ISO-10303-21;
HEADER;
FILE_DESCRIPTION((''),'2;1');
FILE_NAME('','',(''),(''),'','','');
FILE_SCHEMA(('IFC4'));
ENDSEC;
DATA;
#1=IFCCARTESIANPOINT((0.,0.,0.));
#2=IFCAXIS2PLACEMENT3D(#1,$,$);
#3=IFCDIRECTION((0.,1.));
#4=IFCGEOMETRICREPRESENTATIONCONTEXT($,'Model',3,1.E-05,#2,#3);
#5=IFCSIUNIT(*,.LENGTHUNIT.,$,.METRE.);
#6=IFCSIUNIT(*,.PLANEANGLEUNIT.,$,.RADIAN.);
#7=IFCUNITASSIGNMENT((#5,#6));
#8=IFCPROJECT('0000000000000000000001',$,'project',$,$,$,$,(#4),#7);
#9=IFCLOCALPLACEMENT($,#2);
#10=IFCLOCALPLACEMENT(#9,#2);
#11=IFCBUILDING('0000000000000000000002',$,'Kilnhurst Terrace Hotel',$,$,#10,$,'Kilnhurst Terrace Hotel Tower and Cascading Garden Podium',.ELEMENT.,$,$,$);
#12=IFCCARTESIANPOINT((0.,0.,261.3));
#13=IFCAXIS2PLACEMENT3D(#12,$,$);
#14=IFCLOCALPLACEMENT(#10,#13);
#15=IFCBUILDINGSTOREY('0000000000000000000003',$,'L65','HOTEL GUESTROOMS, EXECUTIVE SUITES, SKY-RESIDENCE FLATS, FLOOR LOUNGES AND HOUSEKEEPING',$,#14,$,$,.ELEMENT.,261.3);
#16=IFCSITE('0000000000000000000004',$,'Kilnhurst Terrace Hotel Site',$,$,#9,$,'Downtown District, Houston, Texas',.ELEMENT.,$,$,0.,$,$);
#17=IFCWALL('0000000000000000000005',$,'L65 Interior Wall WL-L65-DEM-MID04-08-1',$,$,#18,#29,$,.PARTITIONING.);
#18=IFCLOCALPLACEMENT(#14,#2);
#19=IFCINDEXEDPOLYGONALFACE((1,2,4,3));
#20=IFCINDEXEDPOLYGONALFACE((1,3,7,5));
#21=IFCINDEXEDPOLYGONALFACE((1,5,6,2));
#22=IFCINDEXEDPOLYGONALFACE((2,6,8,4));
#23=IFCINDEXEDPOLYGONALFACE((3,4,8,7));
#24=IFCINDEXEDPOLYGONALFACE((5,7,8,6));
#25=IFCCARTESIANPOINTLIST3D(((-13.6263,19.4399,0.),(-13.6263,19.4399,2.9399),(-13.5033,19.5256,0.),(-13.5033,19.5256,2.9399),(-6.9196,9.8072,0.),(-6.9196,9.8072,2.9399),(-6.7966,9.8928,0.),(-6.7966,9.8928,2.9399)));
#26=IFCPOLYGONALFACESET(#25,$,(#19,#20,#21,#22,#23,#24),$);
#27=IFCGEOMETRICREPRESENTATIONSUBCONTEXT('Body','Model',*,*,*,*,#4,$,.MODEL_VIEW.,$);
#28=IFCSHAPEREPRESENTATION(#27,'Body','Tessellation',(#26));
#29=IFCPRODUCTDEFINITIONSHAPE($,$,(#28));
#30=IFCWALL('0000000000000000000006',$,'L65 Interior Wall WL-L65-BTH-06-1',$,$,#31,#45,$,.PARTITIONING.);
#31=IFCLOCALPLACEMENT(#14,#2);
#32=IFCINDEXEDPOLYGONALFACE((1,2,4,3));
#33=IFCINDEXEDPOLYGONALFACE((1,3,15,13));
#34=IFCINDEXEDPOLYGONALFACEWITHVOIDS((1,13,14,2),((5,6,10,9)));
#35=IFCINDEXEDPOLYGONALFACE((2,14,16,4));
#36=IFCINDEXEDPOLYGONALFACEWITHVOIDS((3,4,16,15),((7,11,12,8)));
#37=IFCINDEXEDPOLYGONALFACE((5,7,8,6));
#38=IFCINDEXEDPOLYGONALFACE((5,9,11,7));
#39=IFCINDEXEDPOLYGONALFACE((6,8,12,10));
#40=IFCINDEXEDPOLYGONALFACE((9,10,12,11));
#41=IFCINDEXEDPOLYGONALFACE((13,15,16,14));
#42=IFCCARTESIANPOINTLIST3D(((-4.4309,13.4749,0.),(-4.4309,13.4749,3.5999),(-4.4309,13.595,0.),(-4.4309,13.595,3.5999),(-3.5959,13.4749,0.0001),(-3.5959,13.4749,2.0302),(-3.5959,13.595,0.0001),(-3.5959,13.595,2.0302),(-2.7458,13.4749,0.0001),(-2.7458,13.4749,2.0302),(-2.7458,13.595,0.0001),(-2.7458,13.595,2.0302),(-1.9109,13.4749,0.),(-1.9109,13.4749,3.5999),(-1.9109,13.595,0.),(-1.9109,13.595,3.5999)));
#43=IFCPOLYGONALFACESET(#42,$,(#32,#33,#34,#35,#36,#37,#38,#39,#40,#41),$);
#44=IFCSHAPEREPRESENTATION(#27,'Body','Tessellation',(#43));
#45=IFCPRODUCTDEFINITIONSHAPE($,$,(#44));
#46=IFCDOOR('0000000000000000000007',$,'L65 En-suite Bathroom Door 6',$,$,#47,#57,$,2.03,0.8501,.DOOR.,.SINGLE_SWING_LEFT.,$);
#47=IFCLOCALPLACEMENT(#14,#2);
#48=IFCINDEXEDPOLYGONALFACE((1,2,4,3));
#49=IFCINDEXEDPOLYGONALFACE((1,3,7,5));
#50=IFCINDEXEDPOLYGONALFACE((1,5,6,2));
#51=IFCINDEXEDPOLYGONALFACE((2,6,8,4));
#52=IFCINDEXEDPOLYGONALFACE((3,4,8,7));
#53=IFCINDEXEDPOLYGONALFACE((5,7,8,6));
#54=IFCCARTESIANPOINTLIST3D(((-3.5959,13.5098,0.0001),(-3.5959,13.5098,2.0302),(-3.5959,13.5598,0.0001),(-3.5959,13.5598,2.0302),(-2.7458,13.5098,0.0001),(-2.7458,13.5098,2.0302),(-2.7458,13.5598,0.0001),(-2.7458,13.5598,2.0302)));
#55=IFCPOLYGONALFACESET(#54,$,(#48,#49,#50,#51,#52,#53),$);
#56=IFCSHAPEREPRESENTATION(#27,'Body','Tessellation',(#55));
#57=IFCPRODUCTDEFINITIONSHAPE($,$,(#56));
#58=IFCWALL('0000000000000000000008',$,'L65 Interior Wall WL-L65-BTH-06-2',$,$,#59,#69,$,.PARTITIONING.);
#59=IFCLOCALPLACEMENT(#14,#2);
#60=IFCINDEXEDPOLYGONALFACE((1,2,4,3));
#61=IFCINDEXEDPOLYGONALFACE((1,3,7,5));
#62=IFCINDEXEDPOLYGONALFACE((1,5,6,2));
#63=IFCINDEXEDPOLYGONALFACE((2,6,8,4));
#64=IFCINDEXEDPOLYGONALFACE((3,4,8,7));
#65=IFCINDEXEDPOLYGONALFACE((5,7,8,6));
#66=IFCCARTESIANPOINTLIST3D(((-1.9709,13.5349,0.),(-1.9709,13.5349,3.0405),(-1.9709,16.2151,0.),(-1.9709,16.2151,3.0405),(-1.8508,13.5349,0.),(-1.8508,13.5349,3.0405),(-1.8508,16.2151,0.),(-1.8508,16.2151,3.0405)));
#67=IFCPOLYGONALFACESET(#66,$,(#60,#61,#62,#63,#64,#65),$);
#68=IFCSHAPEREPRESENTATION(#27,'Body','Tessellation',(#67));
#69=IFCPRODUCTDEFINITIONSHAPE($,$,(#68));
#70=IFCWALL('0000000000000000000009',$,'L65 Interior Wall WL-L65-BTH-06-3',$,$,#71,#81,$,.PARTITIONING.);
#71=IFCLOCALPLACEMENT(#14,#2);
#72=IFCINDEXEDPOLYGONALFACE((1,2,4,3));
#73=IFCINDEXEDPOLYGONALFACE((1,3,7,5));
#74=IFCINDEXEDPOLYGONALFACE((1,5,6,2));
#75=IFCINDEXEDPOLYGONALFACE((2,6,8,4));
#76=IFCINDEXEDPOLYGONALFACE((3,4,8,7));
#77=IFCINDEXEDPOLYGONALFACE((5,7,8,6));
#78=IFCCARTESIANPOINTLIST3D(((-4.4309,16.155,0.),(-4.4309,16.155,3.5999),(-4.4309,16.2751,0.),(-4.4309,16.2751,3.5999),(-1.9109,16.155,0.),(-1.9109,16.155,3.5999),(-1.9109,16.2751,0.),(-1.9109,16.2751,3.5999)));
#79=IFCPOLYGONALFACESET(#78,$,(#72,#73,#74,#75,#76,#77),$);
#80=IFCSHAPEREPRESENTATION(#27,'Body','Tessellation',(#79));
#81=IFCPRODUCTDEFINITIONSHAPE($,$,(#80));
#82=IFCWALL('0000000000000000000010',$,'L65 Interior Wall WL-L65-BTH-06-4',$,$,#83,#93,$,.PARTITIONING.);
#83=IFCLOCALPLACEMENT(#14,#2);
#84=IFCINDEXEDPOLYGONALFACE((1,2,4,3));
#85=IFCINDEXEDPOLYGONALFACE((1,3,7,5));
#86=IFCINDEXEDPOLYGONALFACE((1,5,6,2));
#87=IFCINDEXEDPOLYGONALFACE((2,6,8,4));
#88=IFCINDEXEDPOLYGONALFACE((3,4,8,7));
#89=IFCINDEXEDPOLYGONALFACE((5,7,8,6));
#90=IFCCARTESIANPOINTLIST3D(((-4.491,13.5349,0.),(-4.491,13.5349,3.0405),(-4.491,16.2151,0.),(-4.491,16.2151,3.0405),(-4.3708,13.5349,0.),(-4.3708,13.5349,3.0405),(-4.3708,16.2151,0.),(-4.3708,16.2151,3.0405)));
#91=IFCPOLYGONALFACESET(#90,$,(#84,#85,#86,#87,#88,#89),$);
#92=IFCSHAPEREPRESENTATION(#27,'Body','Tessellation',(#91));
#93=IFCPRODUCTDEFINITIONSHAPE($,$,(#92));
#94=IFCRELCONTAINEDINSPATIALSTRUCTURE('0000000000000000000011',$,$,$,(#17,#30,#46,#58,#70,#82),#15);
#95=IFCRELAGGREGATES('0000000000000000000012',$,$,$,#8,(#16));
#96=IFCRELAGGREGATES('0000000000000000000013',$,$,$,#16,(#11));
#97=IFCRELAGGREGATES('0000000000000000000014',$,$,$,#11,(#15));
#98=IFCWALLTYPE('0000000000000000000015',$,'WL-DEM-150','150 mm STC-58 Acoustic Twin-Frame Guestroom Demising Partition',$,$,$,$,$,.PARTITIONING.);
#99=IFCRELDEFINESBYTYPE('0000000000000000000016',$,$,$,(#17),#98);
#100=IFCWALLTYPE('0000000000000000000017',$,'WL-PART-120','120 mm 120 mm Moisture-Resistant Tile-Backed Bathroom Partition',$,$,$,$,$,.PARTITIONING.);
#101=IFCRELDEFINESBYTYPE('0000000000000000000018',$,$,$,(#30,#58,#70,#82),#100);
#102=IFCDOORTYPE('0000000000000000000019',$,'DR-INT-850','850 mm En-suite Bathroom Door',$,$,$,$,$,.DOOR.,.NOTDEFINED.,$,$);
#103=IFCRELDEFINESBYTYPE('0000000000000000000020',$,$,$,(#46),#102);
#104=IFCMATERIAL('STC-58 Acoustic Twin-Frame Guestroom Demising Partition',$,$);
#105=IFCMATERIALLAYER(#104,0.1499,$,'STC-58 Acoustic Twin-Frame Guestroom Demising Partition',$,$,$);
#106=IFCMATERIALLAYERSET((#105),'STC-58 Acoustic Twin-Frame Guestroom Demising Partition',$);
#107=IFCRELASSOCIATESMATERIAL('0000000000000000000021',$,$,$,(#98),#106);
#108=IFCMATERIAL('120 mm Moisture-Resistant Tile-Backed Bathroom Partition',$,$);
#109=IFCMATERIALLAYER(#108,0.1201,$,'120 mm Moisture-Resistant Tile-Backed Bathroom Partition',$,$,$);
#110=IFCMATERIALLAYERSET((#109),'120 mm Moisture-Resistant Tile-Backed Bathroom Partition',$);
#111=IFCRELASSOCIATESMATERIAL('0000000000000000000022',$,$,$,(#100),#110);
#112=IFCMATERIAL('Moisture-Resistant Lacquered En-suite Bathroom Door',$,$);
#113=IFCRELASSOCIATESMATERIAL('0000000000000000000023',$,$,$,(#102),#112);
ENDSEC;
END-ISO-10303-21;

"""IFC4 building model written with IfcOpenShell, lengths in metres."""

from ifc_helpers import new_model, si_unit, direction, frame, frame_2d, origin, place, context, subcontext, project, spatial, rectangle, extrude, material, layer, layer_set, type_object, element, fill, save


model = new_model("IFC4")

# Units and contexts
model_context = context("Model", 3, precision=1e-05, world=origin(), true_north=direction((0.0, 1.0)))
body_context = subcontext(model_context, "Body", "Model", "MODEL_VIEW")
ifc_project = project(units=[si_unit("LENGTHUNIT", "METRE"), si_unit("PLANEANGLEUNIT", "RADIAN")], contexts=[model_context])

# Site, building, storey
site_placement = place(None, origin())
site = spatial("IfcSite", under=ifc_project, at=site_placement, Name="Kilnhurst Terrace Hotel Site", LongName="Downtown District, Houston, Texas", CompositionType="ELEMENT", RefElevation=0.0)
building_placement = place(site_placement, origin())
building = spatial("IfcBuilding", under=site, at=building_placement, Name="Kilnhurst Terrace Hotel", LongName="Kilnhurst Terrace Hotel Tower and Cascading Garden Podium", CompositionType="ELEMENT")
storey_placement = place(building_placement, frame((0.0, 0.0, 261.3)))
storey = spatial("IfcBuildingStorey", under=building, at=storey_placement, Name="L65", Description="HOTEL GUESTROOMS, EXECUTIVE SUITES, SKY-RESIDENCE FLATS, FLOOR LOUNGES AND HOUSEKEEPING", CompositionType="ELEMENT", Elevation=261.3)

# Wall
ifc_material_1 = material(Name="STC-58 Acoustic Twin-Frame Guestroom Demising Partition")
ifc_layer_1 = layer(ifc_material_1, 0.1499, Name="STC-58 Acoustic Twin-Frame Guestroom Demising Partition")
ifc_layer_set_1 = layer_set([ifc_layer_1], Name="STC-58 Acoustic Twin-Frame Guestroom Demising Partition")
wall_type_1 = type_object("IfcWallType", Name="WL-DEM-150", Description="150 mm STC-58 Acoustic Twin-Frame Guestroom Demising Partition", PredefinedType="PARTITIONING", material=ifc_layer_set_1)
wall_1_placement = place(storey_placement, frame((-6.8582, 9.8501, 0.0), z_axis=(0.0, 0.0, 1.0), x_axis=(-0.571392, 0.820677, 0.0)))
element("IfcWall", 1, at=wall_1_placement, inside=storey, type_object=wall_type_1, Name="L65 Interior Wall WL-L65-DEM-MID04-08-1", PredefinedType="PARTITIONING", context=body_context, shape_type="SweptSolid", body=[
    extrude(rectangle(XDim=11.7375, YDim=0.1499, at=frame_2d((5.8687, 0.0))), origin(), (0.0, 0.0, 1.0), 2.9399),
])

# Wall, opening, door
ifc_material_2 = material(Name="120 mm Moisture-Resistant Tile-Backed Bathroom Partition")
ifc_layer_2 = layer(ifc_material_2, 0.1201, Name="120 mm Moisture-Resistant Tile-Backed Bathroom Partition")
ifc_layer_set_2 = layer_set([ifc_layer_2], Name="120 mm Moisture-Resistant Tile-Backed Bathroom Partition")
wall_type_2 = type_object("IfcWallType", Name="WL-PART-120", Description="120 mm 120 mm Moisture-Resistant Tile-Backed Bathroom Partition", PredefinedType="PARTITIONING", material=ifc_layer_set_2)
wall_2_placement = place(storey_placement, frame((-4.4309, 13.5349, 0.0), z_axis=(0.0, 0.0, 1.0), x_axis=(1.0, 0.0, 0.0)))
wall_2 = element("IfcWall", 2, at=wall_2_placement, inside=storey, type_object=wall_type_2, Name="L65 Interior Wall WL-L65-BTH-06-1", PredefinedType="PARTITIONING", context=body_context, shape_type="SweptSolid", body=[
    extrude(rectangle(XDim=2.52, YDim=0.1201, at=frame_2d((1.26, 0.0))), origin(), (0.0, 0.0, 1.0), 3.5999),
])
opening_placement = place(wall_2_placement, frame((0.835, 0.0, 0.0)))
opening = element("IfcOpeningElement", 3, at=opening_placement, cuts=wall_2, PredefinedType="OPENING", context=body_context, shape_type="SweptSolid", body=[
    extrude(rectangle(XDim=0.8501, YDim=2.03, at=frame_2d((0.425, 1.0151))), frame((0.0, 0.0701, 0.0), z_axis=(0.0, -1.0, 0.0), x_axis=(1.0, 0.0, 0.0)), (0.0, 0.0, 1.0), 0.1401),
])
ifc_material_3 = material(Name="Moisture-Resistant Lacquered En-suite Bathroom Door")
door_type = type_object("IfcDoorType", Name="DR-INT-850", Description="850 mm En-suite Bathroom Door", OperationType="NOTDEFINED", PredefinedType="DOOR", material=ifc_material_3)
door_placement = place(opening_placement, origin())
door = element("IfcDoor", 4, at=door_placement, inside=storey, type_object=door_type, Name="L65 En-suite Bathroom Door 6", OperationType="SINGLE_SWING_LEFT", OverallHeight=2.03, OverallWidth=0.8501, PredefinedType="DOOR", context=body_context, shape_type="SweptSolid", body=[
    extrude(rectangle(XDim=0.8501, YDim=2.03, at=frame_2d((0.425, 1.0151))), frame((0.0, 0.0249, 0.0), z_axis=(0.0, -1.0, 0.0), x_axis=(1.0, 0.0, 0.0)), (0.0, 0.0, 1.0), 0.05),
])
fill(opening, door)

# Walls
wall_3_placement = place(storey_placement, frame((-1.9109, 13.5349, 0.0), z_axis=(0.0, 0.0, 1.0), x_axis=(0.0, 1.0, 0.0)))
element("IfcWall", 5, at=wall_3_placement, inside=storey, type_object=wall_type_2, Name="L65 Interior Wall WL-L65-BTH-06-2", PredefinedType="PARTITIONING", context=body_context, shape_type="SweptSolid", body=[
    extrude(rectangle(XDim=2.6802, YDim=0.1201, at=frame_2d((1.3401, 0.0))), origin(), (0.0, 0.0, 1.0), 3.0405),
])
wall_4_placement = place(storey_placement, frame((-1.9109, 16.2151, 0.0), z_axis=(0.0, 0.0, 1.0), x_axis=(-1.0, 0.0, 0.0)))
element("IfcWall", 6, at=wall_4_placement, inside=storey, type_object=wall_type_2, Name="L65 Interior Wall WL-L65-BTH-06-3", PredefinedType="PARTITIONING", context=body_context, shape_type="SweptSolid", body=[
    extrude(rectangle(XDim=2.52, YDim=0.1201, at=frame_2d((1.26, 0.0))), origin(), (0.0, 0.0, 1.0), 3.5999),
])
wall_5_placement = place(storey_placement, frame((-4.4309, 16.2151, 0.0), z_axis=(0.0, 0.0, 1.0), x_axis=(0.0, -1.0, 0.0)))
element("IfcWall", 7, at=wall_5_placement, inside=storey, type_object=wall_type_2, Name="L65 Interior Wall WL-L65-BTH-06-4", PredefinedType="PARTITIONING", context=body_context, shape_type="SweptSolid", body=[
    extrude(rectangle(XDim=2.6802, YDim=0.1201, at=frame_2d((1.3401, 0.0))), origin(), (0.0, 0.0, 1.0), 3.0405),
])

save(model, "model.ifc")
